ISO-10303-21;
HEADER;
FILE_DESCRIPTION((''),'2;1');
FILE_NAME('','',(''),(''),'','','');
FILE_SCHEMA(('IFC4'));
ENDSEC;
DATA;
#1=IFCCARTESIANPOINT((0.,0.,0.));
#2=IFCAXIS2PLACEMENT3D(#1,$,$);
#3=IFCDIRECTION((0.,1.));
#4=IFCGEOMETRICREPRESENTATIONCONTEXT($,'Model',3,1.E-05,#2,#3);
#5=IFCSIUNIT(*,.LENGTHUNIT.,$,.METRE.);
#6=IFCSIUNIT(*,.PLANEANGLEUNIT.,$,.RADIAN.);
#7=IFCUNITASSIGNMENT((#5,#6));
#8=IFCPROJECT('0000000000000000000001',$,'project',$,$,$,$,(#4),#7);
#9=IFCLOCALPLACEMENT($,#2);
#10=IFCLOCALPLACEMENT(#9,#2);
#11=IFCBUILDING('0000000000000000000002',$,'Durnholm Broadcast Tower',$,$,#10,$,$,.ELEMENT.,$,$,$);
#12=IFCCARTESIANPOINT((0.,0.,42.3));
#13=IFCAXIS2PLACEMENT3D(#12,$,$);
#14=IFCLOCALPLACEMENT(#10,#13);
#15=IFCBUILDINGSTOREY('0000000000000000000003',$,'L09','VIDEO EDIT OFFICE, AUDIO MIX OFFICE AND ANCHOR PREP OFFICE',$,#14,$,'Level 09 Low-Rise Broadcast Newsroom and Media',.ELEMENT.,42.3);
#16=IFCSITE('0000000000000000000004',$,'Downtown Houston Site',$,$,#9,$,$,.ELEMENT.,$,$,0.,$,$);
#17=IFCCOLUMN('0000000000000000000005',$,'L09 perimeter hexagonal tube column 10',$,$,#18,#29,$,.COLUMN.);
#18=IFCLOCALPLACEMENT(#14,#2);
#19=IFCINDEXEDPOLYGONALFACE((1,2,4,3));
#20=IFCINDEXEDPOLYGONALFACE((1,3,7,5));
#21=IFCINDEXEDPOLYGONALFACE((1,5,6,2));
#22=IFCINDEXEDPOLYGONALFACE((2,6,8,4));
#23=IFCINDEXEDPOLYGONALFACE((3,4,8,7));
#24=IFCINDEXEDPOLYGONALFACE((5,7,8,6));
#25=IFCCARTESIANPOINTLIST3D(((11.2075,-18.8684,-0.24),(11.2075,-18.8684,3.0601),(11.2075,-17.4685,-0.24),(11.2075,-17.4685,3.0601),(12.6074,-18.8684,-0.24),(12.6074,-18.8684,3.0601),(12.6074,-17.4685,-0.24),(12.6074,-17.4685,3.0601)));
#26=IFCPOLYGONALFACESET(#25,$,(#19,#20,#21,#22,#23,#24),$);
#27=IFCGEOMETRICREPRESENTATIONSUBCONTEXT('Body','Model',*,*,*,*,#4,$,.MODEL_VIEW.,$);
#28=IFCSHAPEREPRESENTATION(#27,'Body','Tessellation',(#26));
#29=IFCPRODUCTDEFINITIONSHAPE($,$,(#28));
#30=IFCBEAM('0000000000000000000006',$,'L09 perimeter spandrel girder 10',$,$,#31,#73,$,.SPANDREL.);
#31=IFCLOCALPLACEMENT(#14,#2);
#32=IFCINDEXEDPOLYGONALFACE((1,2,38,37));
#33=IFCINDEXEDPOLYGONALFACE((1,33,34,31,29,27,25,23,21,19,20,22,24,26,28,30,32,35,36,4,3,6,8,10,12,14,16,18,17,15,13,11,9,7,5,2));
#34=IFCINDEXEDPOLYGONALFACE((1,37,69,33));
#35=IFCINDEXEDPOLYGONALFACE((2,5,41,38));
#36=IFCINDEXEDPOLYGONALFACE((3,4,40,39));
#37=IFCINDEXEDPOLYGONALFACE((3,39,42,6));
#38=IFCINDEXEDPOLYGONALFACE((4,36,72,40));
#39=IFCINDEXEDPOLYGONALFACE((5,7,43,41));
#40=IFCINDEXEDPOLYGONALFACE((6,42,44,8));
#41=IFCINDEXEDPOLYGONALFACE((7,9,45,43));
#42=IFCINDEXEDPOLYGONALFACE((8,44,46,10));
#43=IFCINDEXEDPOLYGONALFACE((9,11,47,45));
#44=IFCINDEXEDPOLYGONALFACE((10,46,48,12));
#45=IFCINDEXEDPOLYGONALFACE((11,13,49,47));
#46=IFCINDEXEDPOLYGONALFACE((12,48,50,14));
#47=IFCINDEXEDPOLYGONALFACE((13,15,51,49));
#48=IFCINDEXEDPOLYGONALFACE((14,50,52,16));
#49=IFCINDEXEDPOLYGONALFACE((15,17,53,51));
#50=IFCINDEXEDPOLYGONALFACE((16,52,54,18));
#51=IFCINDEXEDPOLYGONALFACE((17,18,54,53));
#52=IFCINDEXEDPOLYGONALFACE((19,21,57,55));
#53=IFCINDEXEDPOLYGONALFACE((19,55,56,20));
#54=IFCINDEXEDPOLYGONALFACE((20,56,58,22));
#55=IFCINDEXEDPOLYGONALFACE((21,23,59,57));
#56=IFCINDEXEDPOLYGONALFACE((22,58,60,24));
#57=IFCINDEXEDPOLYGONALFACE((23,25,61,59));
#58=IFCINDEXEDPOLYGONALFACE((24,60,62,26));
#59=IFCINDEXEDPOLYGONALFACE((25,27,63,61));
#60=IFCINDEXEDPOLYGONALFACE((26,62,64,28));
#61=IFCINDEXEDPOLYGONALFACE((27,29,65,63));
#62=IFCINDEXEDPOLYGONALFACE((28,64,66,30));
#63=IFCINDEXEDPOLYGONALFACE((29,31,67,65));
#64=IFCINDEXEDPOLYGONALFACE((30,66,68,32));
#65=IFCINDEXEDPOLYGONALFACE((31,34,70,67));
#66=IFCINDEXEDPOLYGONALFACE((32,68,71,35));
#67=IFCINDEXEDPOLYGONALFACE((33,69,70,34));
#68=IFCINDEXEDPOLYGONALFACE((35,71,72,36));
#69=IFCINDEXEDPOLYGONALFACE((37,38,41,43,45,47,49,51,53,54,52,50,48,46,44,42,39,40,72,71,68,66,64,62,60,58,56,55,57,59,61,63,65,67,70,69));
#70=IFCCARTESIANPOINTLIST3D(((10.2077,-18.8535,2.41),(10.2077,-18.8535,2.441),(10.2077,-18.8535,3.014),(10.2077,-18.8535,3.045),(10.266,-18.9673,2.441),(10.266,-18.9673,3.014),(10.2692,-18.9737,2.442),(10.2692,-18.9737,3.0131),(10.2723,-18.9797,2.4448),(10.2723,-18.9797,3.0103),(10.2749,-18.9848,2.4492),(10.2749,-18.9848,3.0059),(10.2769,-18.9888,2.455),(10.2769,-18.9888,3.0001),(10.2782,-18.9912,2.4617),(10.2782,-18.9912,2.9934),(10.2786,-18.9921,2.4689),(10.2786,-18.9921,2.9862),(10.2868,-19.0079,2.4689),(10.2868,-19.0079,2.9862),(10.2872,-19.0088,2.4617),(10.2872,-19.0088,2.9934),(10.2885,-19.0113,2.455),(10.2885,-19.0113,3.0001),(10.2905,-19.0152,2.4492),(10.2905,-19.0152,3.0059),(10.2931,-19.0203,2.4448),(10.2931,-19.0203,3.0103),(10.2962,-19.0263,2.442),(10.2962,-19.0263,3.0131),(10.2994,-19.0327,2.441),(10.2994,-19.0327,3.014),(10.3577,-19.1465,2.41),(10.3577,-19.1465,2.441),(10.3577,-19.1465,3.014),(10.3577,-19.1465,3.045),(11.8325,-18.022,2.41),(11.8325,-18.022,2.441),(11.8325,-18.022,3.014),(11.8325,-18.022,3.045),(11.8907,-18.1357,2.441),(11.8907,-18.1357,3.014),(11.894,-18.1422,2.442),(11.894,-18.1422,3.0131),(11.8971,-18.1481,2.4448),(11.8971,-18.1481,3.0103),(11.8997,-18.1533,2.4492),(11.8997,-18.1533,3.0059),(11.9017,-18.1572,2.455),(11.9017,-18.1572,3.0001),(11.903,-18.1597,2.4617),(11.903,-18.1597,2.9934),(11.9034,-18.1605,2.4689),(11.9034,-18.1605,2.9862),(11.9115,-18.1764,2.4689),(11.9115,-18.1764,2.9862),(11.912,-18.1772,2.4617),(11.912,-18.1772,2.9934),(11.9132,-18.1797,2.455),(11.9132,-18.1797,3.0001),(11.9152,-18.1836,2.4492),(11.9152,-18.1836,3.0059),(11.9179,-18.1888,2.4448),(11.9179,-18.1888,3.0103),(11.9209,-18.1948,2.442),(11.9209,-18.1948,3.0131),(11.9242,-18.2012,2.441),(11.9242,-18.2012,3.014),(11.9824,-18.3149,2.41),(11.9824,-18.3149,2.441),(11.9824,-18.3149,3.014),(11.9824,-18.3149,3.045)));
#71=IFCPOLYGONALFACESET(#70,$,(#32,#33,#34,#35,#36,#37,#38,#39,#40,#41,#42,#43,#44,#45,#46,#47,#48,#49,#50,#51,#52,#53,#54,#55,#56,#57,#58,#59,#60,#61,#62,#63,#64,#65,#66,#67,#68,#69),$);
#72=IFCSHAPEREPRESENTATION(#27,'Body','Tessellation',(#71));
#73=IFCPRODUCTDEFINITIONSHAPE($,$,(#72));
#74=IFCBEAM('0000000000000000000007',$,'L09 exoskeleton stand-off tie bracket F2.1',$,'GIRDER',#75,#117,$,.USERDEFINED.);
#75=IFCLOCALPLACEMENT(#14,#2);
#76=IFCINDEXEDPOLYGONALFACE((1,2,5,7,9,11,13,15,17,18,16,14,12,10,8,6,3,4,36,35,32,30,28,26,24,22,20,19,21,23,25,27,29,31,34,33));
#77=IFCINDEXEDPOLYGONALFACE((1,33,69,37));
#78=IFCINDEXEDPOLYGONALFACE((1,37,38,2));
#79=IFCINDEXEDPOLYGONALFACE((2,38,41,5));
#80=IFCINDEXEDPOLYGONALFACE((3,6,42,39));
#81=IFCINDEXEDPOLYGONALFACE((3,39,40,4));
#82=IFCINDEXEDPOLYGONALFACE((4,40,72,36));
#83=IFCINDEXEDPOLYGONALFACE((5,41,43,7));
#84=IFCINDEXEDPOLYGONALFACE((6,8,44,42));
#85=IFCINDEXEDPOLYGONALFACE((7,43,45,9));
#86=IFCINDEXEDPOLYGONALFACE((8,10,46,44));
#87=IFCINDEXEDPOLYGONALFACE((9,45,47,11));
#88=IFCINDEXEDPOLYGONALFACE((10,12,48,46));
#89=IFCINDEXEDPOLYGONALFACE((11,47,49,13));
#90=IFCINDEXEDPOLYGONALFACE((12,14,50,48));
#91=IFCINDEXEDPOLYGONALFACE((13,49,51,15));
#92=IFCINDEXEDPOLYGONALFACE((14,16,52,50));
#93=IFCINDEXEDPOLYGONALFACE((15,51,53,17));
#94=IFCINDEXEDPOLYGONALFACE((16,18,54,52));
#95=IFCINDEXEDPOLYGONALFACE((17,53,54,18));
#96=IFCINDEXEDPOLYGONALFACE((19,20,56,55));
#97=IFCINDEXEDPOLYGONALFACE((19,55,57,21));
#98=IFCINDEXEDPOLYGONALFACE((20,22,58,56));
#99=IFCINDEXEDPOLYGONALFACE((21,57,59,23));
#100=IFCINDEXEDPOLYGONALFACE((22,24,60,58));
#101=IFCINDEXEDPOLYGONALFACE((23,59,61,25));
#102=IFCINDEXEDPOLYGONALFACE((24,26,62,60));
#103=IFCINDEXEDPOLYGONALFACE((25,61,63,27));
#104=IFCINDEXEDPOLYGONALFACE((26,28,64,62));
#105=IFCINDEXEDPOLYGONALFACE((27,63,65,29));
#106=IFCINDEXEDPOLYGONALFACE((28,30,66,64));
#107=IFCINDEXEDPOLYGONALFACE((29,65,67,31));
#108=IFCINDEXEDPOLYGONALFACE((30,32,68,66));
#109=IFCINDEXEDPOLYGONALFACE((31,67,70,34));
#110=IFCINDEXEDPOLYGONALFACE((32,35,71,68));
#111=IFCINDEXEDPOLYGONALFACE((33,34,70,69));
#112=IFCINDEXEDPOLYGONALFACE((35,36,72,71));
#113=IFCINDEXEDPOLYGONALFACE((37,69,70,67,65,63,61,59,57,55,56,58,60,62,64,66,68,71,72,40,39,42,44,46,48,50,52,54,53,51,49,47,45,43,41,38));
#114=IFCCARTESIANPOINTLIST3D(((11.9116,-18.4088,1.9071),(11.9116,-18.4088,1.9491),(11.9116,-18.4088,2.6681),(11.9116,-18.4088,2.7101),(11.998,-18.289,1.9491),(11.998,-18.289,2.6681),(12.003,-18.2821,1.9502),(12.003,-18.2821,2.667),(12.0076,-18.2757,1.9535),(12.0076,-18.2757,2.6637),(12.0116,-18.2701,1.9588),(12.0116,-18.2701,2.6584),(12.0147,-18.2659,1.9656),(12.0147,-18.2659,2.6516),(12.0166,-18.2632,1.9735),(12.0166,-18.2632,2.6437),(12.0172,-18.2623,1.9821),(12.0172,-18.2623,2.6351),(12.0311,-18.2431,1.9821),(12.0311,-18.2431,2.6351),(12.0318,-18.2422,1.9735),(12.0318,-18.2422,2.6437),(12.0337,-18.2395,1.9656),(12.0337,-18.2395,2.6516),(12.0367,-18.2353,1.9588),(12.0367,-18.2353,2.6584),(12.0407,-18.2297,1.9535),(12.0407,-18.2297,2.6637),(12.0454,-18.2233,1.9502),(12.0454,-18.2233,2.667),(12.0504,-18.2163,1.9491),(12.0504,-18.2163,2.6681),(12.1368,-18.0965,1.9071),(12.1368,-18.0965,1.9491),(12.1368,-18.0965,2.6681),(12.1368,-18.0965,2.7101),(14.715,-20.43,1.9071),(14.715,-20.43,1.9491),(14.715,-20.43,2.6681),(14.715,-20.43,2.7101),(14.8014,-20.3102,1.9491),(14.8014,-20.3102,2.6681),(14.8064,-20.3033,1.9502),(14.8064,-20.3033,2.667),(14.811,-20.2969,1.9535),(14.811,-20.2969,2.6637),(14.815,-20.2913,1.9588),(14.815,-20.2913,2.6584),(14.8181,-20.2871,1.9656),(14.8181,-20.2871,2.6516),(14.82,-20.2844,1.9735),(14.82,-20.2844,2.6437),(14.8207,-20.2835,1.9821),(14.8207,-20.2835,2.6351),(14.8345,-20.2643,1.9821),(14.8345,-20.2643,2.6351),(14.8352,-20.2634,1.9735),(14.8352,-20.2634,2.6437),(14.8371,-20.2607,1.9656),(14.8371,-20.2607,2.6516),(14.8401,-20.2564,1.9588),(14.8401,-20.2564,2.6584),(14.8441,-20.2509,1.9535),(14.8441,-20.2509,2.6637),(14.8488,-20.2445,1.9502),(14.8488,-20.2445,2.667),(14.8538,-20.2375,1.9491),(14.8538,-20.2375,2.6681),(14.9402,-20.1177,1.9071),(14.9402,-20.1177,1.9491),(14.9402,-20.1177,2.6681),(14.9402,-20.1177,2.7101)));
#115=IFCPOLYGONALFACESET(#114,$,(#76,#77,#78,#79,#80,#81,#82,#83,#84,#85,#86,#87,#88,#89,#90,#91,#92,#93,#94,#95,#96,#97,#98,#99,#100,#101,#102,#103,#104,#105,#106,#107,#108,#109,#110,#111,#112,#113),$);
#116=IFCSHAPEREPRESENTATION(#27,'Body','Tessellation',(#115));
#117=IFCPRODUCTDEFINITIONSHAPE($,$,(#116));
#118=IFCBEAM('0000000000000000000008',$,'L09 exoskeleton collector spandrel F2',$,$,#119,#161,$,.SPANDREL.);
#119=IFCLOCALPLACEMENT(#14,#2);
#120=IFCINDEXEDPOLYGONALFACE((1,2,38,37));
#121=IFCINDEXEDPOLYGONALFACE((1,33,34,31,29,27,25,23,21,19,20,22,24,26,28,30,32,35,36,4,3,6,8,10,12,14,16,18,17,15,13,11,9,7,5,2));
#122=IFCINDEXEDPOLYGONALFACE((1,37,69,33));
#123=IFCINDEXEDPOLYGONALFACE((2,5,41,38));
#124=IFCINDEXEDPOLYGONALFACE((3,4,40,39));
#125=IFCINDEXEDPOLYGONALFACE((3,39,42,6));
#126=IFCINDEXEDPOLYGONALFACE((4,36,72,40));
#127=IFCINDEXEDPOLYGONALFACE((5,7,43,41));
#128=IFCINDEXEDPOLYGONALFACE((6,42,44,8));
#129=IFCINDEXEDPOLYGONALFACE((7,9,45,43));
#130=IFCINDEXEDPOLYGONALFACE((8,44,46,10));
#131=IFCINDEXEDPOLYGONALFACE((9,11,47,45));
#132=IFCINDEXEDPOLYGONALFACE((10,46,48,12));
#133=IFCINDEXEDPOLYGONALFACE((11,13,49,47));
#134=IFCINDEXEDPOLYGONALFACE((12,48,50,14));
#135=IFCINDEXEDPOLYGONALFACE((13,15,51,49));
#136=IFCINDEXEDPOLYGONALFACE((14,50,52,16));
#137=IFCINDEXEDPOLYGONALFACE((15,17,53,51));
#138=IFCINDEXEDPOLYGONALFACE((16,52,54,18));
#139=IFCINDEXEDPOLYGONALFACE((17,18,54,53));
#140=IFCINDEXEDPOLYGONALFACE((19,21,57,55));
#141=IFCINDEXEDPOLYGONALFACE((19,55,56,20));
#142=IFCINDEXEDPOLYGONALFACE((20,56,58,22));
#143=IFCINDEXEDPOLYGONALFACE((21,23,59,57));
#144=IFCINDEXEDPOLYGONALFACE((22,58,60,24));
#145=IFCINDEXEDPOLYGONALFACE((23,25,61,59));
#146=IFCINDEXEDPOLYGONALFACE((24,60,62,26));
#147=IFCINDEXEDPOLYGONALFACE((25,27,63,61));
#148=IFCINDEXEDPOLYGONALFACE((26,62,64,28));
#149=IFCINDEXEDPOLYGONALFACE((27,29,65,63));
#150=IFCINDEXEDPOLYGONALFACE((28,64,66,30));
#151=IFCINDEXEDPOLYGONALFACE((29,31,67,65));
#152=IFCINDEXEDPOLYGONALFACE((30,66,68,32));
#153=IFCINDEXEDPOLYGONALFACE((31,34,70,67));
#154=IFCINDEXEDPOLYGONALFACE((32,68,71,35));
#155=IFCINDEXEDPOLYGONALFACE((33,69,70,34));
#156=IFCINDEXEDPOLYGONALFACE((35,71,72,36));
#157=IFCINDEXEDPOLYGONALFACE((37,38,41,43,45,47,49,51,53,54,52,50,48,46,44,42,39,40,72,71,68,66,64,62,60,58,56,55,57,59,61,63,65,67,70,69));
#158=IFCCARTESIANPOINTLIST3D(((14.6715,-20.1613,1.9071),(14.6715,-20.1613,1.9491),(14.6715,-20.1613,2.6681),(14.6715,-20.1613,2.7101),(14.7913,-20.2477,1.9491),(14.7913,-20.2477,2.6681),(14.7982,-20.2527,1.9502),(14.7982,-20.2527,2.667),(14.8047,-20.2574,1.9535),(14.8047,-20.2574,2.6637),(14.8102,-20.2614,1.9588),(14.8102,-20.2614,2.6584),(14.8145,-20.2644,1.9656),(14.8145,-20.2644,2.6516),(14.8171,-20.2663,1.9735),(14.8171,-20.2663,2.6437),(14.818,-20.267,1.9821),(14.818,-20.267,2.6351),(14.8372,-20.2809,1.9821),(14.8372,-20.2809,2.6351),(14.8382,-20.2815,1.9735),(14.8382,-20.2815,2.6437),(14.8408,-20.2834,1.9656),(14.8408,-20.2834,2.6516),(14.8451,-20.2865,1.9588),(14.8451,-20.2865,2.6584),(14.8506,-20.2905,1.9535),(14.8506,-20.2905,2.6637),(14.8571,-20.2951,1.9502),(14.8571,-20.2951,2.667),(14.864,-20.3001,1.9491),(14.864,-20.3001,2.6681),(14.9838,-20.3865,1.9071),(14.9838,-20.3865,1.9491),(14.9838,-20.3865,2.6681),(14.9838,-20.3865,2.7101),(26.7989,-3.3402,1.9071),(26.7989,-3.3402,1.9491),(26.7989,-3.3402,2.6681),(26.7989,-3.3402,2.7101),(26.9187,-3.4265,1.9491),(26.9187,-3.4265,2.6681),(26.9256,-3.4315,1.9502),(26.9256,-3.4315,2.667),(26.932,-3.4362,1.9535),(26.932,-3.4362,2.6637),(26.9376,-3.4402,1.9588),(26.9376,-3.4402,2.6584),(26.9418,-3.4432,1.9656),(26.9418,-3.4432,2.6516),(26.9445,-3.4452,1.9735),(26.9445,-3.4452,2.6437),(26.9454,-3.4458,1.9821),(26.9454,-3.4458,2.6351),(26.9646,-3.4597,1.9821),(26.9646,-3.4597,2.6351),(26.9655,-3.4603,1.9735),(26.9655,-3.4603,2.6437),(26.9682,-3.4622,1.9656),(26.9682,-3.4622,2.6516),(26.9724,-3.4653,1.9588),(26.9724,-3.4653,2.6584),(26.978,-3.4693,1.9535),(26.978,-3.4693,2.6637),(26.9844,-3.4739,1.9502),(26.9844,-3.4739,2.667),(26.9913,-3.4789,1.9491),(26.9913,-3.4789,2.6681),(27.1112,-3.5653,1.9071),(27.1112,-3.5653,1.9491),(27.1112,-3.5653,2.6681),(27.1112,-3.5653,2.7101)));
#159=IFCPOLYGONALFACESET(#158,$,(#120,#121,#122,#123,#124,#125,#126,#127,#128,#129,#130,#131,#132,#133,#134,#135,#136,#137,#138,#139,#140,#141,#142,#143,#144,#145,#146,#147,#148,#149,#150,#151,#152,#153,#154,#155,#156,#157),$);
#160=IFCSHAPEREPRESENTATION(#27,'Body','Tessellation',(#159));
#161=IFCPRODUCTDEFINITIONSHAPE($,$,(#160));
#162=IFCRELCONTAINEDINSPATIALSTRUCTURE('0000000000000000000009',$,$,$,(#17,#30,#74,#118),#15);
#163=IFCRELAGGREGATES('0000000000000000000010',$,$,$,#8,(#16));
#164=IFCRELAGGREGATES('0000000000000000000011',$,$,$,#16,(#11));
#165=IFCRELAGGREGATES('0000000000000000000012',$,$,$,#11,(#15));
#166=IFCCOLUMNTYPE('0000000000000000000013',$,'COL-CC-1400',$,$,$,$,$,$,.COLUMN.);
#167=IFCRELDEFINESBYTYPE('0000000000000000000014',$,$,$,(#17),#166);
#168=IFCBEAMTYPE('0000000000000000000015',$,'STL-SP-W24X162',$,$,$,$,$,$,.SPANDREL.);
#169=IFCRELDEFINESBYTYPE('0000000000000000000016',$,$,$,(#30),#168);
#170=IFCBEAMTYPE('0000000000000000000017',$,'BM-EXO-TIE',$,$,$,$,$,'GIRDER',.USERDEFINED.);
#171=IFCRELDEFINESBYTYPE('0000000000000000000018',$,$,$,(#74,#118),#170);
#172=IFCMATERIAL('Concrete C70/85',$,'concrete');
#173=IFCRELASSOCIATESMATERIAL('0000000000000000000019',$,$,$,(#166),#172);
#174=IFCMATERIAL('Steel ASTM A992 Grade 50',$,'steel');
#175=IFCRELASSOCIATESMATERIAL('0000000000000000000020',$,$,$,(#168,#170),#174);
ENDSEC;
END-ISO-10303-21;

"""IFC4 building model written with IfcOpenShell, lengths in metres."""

from ifc_helpers import new_model, si_unit, direction, frame, origin, origin_2d, place, context, subcontext, project, spatial, rectangle, i_section, extrude, source, transform, mapped, material, material_profile, profile_set, type_object, type_shapes, element, save


model = new_model("IFC4")

# Units and contexts
model_context = context("Model", 3, precision=1e-05, world=origin(), true_north=direction((0.0, 1.0)))
body_context = subcontext(model_context, "Body", "Model", "MODEL_VIEW")
ifc_project = project(units=[si_unit("LENGTHUNIT", "METRE"), si_unit("PLANEANGLEUNIT", "RADIAN")], contexts=[model_context])

# Site, building, storey
site_placement = place(None, origin())
site = spatial("IfcSite", under=ifc_project, at=site_placement, Name="Downtown Houston Site", CompositionType="ELEMENT", RefElevation=0.0)
building_placement = place(site_placement, origin())
building = spatial("IfcBuilding", under=site, at=building_placement, Name="Durnholm Broadcast Tower", CompositionType="ELEMENT")
storey_placement = place(building_placement, frame((0.0, 0.0, 42.3)))
storey = spatial("IfcBuildingStorey", under=building, at=storey_placement, Name="L09", Description="VIDEO EDIT OFFICE, AUDIO MIX OFFICE AND ANCHOR PREP OFFICE", LongName="Level 09 Low-Rise Broadcast Newsroom and Media", CompositionType="ELEMENT", Elevation=42.3)

# Column
ifc_material_1 = material(Name="Concrete C70/85", Category="concrete")
ifc_material_profile_1 = material_profile(ifc_material_1, rectangle(XDim=1.3999, YDim=1.3999, at=origin_2d()), Name="RC1400X1400")
ifc_profile_set_1 = profile_set([ifc_material_profile_1], Name="Concrete C70/85")
column_type = type_object("IfcColumnType", Name="COL-CC-1400", PredefinedType="COLUMN", material=ifc_profile_set_1)
shared_shape_1 = source(origin(), body_context, "Body", "SweptSolid", [
    extrude(rectangle(XDim=1.3999, YDim=1.3999, at=origin_2d()), origin(), (0.0, 0.0, 1.0), 3.3),
])
type_shapes(column_type, [shared_shape_1])
column_placement = place(storey_placement, frame((11.9075, -18.1685, -0.24), z_axis=(0.0, 0.0, 1.0), x_axis=(1.0, 0.0, 0.0)))
element("IfcColumn", 1, at=column_placement, inside=storey, type_object=column_type, Name="L09 perimeter hexagonal tube column 10", PredefinedType="COLUMN", context=body_context, shape_type="MappedRepresentation", body=[
    mapped(shared_shape_1, transform((0.0, 0.0, 0.0), x_axis=(1.0, 0.0, 0.0), y_axis=(0.0, 1.0, 0.0), z_axis=(0.0, 0.0, 1.0), scale=1.0)),
])

# Beams
ifc_material_2 = material(Name="Steel ASTM A992 Grade 50", Category="steel")
ifc_material_profile_2 = material_profile(ifc_material_2, i_section(OverallWidth=0.3291, OverallDepth=0.635, WebThickness=0.0178, FlangeThickness=0.031, FilletRadius=0.0278, at=origin_2d()), Name="W24X162")
ifc_profile_set_2 = profile_set([ifc_material_profile_2], Name="Steel ASTM A992 Grade 50")
beam_type_1 = type_object("IfcBeamType", Name="STL-SP-W24X162", PredefinedType="SPANDREL", material=ifc_profile_set_2)
shared_shape_2 = source(origin(), body_context, "Body", "SweptSolid", [
    extrude(i_section(OverallWidth=0.3291, OverallDepth=0.635, WebThickness=0.0178, FlangeThickness=0.031, FilletRadius=0.0278, at=origin_2d()), origin(), (0.0, 0.0, 1.0), 1.8252),
])
type_shapes(beam_type_1, [shared_shape_2])
beam_1_placement = place(storey_placement, frame((11.9075, -18.1685, 2.7275), z_axis=(-0.890188, -0.455594, 0.0), x_axis=(0.455594, -0.890188, 0.0)))
element("IfcBeam", 2, at=beam_1_placement, inside=storey, type_object=beam_type_1, Name="L09 perimeter spandrel girder 10", PredefinedType="SPANDREL", context=body_context, shape_type="MappedRepresentation", body=[
    mapped(shared_shape_2, transform((0.0, 0.0, 0.0), x_axis=(1.0, 0.0, 0.0), y_axis=(0.0, 1.0, 0.0), z_axis=(0.0, 0.0, 1.0), scale=1.0)),
])
ifc_material_profile_3 = material_profile(ifc_material_2, i_section(OverallWidth=0.385, OverallDepth=0.803, WebThickness=0.0237, FlangeThickness=0.042, FilletRadius=0.033, at=origin_2d()), Name="W30X261")
ifc_profile_set_3 = profile_set([ifc_material_profile_3], Name="Steel ASTM A992 Grade 50")
beam_type_2 = type_object("IfcBeamType", Name="BM-EXO-TIE", ElementType="GIRDER", PredefinedType="USERDEFINED", material=ifc_profile_set_3)
shared_shape_3 = source(origin(), body_context, "Body", "SweptSolid", [
    extrude(i_section(OverallWidth=0.385, OverallDepth=0.803, WebThickness=0.0237, FlangeThickness=0.042, FilletRadius=0.033, at=origin_2d()), origin(), (0.0, 0.0, 1.0), 3.4561),
])
beam_2_placement = place(storey_placement, frame((12.0242, -18.2527, 2.3086), z_axis=(0.811158, -0.584828, 0.0), x_axis=(0.584828, 0.811158, 0.0)))
element("IfcBeam", 3, at=beam_2_placement, inside=storey, type_object=beam_type_2, Name="L09 exoskeleton stand-off tie bracket F2.1", ObjectType="GIRDER", PredefinedType="USERDEFINED", context=body_context, shape_type="MappedRepresentation", body=[
    mapped(shared_shape_3, transform((0.0, 0.0, 0.0), x_axis=(1.0, 0.0, 0.0), y_axis=(0.0, 1.0, 0.0), z_axis=(0.0, 0.0, 1.0), scale=1.0)),
])
shared_shape_4 = source(origin(), body_context, "Body", "SweptSolid", [
    extrude(i_section(OverallWidth=0.385, OverallDepth=0.803, WebThickness=0.0237, FlangeThickness=0.042, FilletRadius=0.033, at=origin_2d()), origin(), (0.0, 0.0, 1.0), 20.7371),
])
type_shapes(beam_type_2, [shared_shape_3, shared_shape_4])
beam_3_placement = place(storey_placement, frame((14.8276, -20.2739, 2.3086), z_axis=(0.584816, 0.811166, 0.0), x_axis=(-0.811166, 0.584816, 0.0)))
element("IfcBeam", 4, at=beam_3_placement, inside=storey, type_object=beam_type_2, Name="L09 exoskeleton collector spandrel F2", PredefinedType="SPANDREL", context=body_context, shape_type="MappedRepresentation", body=[
    mapped(shared_shape_4, transform((0.0, 0.0, 0.0), x_axis=(1.0, 0.0, 0.0), y_axis=(0.0, 1.0, 0.0), z_axis=(0.0, 0.0, 1.0), scale=1.0)),
])

save(model, "model.ifc")
